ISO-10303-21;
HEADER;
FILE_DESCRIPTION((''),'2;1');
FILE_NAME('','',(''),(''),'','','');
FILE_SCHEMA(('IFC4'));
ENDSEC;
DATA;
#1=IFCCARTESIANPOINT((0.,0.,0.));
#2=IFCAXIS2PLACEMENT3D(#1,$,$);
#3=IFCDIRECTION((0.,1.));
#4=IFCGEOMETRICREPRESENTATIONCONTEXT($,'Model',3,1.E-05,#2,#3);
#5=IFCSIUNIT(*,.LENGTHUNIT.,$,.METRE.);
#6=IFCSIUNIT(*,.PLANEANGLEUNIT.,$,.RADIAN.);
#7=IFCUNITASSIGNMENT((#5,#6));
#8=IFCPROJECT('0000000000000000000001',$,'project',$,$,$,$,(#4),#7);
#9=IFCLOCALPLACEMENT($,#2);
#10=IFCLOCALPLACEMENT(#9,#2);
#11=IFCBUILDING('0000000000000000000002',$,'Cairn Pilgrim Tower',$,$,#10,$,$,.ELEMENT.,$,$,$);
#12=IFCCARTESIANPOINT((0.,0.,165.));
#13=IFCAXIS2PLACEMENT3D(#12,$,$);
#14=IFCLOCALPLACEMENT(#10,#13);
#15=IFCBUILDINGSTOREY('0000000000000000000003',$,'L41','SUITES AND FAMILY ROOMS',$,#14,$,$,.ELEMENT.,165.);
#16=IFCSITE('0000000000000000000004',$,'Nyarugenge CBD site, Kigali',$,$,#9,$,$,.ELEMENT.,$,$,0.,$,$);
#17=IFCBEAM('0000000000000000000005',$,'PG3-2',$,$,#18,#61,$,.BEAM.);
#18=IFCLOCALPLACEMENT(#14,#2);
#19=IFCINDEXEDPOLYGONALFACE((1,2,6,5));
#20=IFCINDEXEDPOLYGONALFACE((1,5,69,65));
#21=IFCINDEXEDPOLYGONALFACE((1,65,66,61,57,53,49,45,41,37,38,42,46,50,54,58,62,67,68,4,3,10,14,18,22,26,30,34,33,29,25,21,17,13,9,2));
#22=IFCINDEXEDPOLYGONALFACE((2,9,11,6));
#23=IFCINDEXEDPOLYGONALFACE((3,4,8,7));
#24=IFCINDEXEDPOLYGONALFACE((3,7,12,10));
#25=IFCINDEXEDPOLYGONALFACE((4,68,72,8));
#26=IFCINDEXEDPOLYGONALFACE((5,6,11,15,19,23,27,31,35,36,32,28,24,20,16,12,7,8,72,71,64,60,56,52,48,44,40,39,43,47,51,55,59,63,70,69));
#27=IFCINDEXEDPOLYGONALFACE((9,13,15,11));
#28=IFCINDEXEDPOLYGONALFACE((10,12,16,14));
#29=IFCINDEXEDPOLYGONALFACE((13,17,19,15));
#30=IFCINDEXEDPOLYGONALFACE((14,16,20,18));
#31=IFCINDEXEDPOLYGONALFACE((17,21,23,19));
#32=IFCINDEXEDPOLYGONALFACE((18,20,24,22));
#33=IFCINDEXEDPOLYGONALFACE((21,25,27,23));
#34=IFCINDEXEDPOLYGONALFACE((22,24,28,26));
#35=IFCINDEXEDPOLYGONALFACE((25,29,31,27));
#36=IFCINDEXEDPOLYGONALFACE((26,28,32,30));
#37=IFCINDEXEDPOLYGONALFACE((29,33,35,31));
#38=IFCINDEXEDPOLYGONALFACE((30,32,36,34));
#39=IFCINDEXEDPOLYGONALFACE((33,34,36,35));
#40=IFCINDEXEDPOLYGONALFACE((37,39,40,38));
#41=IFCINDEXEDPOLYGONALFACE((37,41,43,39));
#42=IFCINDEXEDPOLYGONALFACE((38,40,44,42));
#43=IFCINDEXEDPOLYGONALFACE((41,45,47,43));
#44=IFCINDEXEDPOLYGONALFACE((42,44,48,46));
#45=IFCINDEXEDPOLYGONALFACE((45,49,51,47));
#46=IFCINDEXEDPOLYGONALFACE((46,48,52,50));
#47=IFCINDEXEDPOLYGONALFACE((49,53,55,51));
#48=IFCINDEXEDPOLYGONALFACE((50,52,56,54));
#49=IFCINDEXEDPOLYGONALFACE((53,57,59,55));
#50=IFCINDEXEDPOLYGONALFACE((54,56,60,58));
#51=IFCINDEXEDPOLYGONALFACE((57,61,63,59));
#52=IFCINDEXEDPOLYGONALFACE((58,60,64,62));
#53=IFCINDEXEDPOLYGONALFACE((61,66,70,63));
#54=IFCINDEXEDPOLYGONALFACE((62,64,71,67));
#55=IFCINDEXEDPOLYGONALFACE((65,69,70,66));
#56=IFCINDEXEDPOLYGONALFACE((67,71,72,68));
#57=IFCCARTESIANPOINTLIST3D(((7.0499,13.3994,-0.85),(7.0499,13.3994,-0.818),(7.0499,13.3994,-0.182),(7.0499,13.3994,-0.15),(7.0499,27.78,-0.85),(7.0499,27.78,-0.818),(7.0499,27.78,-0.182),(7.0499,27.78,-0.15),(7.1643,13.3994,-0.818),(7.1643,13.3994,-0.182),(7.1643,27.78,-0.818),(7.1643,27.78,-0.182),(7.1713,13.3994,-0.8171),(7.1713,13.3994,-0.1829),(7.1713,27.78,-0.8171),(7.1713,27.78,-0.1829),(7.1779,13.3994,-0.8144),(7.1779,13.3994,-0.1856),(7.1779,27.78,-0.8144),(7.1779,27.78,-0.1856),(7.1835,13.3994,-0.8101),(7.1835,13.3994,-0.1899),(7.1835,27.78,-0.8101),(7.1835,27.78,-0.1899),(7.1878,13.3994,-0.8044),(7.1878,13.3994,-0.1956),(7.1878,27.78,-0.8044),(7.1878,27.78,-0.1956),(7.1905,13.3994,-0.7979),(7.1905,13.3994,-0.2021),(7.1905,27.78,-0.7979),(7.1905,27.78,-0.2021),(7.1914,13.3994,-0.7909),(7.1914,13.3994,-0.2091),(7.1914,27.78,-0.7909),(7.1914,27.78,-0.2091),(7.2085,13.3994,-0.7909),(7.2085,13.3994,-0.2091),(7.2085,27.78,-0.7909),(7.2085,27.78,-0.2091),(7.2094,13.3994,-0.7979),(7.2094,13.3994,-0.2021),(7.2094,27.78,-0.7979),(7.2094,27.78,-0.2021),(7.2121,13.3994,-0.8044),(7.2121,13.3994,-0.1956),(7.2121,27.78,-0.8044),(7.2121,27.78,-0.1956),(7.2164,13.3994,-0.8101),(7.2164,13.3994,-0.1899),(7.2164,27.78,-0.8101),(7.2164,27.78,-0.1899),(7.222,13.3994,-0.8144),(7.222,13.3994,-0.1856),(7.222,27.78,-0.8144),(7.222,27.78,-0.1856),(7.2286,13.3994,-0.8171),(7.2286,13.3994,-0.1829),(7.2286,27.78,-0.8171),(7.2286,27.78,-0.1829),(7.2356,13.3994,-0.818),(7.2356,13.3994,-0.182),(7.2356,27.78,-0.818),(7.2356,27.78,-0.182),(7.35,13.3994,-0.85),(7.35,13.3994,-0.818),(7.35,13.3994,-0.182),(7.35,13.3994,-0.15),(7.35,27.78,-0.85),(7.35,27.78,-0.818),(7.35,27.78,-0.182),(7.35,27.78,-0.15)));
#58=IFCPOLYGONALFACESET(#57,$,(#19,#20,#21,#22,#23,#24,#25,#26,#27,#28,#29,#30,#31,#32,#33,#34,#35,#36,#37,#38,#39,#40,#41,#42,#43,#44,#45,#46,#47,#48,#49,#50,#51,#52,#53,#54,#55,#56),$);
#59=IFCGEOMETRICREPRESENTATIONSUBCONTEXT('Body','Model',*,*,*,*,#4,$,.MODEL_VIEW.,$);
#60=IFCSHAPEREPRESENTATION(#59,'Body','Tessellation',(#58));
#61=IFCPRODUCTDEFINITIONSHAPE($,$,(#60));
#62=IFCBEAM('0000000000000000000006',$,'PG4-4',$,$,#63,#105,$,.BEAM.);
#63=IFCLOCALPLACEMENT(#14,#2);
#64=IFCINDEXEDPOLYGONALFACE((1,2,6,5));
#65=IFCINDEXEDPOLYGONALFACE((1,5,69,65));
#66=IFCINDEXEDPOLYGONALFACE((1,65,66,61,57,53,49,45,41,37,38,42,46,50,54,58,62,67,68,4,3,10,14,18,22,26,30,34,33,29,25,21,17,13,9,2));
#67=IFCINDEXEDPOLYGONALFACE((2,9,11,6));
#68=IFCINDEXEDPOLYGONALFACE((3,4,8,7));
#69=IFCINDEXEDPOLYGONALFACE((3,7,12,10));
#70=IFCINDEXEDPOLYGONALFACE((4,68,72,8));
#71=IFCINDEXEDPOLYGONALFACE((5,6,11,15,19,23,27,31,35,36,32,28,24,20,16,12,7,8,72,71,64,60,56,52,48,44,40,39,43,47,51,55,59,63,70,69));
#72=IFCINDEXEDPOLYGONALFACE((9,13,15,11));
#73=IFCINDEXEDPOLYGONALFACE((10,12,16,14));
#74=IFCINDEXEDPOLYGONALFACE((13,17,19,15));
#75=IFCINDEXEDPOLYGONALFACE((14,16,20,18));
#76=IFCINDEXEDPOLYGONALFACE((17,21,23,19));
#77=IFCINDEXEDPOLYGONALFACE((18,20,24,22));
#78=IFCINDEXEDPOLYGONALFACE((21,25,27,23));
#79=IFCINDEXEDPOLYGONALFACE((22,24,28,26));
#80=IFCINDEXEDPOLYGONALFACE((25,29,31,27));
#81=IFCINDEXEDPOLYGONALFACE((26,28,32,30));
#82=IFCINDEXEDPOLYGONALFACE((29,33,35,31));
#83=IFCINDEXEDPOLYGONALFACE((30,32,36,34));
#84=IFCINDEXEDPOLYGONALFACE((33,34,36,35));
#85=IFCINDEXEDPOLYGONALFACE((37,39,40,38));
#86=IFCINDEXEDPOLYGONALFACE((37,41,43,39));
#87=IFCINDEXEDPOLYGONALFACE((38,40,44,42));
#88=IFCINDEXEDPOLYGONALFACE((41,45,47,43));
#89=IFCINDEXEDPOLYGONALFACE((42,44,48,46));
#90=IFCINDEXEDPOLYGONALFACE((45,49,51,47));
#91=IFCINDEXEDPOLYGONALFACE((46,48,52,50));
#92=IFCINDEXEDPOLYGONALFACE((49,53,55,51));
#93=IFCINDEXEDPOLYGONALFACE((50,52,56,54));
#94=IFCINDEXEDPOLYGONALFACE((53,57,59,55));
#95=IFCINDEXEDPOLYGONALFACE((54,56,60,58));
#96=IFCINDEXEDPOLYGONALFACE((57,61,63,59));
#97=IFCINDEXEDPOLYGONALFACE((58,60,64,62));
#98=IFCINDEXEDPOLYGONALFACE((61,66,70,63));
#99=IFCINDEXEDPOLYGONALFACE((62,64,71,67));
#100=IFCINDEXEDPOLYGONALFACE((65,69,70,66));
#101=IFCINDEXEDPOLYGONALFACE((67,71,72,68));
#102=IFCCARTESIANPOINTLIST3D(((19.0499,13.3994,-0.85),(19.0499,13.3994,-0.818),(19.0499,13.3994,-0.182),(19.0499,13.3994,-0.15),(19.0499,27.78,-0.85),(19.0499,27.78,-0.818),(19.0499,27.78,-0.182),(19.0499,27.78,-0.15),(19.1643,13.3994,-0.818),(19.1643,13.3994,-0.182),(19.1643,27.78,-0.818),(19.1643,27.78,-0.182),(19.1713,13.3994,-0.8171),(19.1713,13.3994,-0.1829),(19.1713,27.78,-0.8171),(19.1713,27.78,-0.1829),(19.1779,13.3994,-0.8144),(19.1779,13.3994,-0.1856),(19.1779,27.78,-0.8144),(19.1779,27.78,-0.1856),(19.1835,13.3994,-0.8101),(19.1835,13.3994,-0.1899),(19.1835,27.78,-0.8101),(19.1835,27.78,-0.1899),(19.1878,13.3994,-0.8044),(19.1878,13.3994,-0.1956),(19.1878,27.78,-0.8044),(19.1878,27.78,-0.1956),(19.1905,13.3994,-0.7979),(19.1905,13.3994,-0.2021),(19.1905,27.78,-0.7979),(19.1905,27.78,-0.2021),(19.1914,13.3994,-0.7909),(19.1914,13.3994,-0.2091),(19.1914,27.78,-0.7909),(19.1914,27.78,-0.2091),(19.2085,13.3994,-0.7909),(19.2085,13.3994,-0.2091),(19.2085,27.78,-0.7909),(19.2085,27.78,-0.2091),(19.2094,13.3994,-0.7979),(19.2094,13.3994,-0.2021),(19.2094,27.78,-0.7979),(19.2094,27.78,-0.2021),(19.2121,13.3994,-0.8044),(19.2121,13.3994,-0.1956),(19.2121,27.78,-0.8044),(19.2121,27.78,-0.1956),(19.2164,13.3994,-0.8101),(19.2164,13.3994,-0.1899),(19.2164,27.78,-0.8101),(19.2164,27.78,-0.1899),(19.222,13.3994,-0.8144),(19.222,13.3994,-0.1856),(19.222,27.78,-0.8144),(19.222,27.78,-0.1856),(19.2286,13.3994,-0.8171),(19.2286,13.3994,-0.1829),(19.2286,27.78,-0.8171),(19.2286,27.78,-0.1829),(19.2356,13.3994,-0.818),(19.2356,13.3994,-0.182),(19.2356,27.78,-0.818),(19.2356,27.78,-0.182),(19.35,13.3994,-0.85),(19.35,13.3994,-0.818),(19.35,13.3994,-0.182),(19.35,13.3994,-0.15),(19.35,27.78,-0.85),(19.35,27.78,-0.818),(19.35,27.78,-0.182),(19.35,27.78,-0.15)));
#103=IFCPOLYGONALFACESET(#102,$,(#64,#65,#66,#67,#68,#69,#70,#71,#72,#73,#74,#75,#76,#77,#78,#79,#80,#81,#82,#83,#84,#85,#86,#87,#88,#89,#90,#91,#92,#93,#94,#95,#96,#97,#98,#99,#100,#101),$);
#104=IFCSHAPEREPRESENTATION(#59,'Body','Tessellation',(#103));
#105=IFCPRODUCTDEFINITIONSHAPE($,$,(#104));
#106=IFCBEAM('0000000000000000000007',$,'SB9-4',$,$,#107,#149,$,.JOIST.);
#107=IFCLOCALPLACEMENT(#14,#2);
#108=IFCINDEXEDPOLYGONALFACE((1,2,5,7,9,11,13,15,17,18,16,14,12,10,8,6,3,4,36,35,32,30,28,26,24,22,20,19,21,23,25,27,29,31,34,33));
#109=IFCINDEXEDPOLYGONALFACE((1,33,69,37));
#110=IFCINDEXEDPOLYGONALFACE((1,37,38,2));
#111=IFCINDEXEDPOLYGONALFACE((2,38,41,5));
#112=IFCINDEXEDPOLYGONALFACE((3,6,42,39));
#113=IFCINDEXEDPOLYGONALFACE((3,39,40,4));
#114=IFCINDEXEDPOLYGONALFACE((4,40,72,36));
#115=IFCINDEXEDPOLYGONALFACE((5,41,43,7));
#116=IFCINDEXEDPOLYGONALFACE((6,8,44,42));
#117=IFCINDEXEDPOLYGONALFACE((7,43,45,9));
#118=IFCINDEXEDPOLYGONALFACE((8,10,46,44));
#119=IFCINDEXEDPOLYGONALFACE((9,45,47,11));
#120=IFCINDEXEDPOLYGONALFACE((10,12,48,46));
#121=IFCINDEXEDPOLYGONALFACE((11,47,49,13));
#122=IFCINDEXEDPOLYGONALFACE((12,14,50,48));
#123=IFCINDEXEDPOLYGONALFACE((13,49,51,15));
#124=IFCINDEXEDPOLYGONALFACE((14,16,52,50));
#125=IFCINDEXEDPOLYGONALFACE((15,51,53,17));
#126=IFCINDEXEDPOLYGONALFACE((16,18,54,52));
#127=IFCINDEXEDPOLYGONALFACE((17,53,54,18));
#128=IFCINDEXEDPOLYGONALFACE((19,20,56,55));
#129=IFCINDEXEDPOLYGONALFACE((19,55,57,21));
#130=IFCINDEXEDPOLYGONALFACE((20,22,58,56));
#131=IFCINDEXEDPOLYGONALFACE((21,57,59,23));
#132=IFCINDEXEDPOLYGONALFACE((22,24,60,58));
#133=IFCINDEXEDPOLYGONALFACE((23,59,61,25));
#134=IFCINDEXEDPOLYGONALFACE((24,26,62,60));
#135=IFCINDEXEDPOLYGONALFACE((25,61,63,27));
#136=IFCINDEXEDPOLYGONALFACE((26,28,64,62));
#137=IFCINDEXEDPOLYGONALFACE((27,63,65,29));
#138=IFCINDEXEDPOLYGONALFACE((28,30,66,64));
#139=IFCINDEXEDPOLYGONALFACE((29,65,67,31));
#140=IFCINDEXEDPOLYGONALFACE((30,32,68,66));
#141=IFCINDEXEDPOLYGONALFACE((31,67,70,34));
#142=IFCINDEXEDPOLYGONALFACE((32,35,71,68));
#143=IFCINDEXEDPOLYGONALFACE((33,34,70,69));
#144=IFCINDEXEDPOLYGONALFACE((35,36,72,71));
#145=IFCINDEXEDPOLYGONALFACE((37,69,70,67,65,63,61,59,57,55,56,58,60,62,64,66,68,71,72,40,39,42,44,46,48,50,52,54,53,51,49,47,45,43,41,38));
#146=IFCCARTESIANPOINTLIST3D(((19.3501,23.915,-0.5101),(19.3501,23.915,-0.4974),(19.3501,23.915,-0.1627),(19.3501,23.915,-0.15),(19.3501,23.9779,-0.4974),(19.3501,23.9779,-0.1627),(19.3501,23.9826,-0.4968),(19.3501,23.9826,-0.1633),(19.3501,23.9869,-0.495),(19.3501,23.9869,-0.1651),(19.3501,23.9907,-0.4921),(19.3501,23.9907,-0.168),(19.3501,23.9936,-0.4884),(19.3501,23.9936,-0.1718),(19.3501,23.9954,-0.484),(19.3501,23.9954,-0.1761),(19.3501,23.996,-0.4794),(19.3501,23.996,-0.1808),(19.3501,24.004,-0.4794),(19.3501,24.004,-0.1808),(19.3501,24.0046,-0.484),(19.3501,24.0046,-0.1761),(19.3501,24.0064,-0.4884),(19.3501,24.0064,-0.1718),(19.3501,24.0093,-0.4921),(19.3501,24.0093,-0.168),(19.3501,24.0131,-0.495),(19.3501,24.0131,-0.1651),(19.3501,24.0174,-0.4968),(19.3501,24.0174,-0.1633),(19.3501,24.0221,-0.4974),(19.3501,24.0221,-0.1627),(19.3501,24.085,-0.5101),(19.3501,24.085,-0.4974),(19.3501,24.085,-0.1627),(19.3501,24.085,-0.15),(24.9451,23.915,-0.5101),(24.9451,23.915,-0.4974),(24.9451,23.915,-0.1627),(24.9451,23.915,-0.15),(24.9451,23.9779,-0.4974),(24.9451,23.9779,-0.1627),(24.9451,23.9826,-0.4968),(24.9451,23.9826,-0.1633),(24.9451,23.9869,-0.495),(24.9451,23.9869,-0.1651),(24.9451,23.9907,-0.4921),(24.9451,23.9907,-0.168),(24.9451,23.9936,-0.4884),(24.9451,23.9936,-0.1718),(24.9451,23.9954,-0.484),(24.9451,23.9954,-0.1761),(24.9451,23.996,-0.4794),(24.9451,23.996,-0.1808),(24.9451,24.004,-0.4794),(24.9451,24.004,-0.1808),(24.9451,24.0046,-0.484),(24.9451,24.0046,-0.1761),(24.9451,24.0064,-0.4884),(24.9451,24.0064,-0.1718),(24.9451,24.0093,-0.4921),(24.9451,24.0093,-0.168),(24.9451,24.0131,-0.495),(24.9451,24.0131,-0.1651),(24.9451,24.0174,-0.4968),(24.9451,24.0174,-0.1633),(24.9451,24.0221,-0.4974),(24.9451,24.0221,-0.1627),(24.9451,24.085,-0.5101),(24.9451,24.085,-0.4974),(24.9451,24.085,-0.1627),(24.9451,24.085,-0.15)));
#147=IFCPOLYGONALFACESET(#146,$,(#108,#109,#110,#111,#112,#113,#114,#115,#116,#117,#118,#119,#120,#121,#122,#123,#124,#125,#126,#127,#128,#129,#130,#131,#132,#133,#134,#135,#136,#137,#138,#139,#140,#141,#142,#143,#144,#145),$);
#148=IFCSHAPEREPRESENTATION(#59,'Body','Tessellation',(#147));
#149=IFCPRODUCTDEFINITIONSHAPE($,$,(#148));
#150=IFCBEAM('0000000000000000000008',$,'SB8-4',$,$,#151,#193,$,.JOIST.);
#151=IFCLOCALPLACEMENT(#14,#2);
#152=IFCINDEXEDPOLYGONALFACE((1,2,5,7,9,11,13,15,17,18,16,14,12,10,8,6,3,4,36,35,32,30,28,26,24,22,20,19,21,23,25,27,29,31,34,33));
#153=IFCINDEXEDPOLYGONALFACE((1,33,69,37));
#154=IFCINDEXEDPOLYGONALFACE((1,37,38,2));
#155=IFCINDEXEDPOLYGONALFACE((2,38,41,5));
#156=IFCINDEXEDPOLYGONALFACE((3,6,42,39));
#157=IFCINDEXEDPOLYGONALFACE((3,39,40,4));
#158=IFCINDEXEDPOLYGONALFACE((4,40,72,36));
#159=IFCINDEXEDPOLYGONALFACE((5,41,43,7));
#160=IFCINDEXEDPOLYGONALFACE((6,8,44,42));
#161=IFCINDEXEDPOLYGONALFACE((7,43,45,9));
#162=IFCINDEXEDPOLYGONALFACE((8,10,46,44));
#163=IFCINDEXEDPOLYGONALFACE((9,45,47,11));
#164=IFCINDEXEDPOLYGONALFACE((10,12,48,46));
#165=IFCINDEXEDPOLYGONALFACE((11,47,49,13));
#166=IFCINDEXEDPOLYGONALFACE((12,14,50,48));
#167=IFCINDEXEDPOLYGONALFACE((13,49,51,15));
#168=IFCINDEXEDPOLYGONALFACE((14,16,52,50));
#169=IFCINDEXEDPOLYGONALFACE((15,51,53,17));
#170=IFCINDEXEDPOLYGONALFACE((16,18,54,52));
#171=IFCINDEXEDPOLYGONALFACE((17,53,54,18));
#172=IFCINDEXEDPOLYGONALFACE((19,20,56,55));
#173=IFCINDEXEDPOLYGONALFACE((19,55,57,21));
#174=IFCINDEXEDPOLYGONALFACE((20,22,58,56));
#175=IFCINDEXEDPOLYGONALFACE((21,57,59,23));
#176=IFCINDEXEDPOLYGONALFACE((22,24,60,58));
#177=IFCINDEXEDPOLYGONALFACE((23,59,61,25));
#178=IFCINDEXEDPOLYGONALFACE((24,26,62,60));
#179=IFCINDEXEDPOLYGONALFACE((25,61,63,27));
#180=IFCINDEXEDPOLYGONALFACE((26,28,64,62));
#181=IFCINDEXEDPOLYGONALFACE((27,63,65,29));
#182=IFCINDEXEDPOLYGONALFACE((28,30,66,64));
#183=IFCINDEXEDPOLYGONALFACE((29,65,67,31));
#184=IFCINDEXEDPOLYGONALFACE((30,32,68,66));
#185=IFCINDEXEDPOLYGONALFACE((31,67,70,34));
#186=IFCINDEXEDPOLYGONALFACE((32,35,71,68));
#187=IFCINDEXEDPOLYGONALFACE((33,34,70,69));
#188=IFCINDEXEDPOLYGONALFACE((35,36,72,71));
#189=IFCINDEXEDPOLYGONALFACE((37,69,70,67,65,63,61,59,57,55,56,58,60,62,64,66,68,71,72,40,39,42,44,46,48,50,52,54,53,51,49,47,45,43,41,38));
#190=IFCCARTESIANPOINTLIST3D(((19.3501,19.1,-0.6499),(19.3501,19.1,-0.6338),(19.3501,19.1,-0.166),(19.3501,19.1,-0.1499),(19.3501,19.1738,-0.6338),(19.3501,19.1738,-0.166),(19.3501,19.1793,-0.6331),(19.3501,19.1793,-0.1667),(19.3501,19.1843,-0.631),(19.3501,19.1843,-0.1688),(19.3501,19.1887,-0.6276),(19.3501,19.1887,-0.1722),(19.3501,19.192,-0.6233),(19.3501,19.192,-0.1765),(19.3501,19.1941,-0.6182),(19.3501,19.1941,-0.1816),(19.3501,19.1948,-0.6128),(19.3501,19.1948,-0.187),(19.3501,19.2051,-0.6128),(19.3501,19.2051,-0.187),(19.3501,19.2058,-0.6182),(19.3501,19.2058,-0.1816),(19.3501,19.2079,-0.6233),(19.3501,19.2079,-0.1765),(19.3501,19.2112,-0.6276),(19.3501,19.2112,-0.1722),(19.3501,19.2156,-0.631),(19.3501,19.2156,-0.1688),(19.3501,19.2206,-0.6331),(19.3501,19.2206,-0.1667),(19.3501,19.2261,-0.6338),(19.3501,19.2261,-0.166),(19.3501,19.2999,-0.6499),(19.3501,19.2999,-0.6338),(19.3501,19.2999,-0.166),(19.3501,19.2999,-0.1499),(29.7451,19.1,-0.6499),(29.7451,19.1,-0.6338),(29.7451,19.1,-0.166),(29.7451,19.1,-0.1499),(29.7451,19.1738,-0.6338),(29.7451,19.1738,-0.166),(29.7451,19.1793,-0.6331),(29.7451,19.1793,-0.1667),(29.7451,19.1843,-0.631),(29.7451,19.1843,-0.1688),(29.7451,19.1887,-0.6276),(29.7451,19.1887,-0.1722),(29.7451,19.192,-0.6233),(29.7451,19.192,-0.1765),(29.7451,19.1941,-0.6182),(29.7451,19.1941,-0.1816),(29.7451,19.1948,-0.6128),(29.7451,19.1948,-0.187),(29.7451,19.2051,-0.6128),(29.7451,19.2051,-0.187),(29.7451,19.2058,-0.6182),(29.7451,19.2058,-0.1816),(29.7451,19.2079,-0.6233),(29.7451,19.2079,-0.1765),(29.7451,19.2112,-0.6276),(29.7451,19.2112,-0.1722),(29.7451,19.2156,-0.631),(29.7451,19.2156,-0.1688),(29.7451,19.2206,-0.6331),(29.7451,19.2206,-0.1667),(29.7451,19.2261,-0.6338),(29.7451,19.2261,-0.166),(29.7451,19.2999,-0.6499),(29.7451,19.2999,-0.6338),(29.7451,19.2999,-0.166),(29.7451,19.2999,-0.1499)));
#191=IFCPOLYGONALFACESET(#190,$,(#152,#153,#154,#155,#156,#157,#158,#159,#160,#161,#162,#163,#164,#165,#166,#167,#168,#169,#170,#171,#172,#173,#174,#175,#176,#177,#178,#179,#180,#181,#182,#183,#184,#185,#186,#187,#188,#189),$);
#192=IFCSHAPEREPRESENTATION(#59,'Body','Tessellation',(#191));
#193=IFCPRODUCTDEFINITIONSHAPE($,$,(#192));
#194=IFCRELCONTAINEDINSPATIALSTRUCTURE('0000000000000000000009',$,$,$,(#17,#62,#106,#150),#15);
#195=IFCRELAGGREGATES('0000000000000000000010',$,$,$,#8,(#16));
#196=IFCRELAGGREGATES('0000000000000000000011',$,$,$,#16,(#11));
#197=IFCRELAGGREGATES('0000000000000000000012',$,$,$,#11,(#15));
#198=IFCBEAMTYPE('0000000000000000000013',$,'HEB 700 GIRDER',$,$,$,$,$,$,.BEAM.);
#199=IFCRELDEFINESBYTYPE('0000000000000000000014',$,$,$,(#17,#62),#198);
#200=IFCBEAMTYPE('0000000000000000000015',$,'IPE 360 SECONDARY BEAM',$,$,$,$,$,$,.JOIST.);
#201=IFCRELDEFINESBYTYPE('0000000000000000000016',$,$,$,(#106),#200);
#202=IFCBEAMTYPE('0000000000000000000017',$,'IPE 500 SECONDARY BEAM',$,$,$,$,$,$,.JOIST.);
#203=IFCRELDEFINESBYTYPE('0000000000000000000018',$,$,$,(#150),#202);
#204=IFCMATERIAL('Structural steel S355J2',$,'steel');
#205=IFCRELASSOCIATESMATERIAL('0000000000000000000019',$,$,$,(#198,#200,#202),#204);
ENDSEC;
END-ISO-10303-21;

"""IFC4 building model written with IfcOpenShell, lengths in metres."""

from ifc_helpers import new_model, si_unit, direction, frame, origin, origin_2d, place, context, subcontext, project, spatial, i_section, extrude, material, material_profile, profile_set, type_object, element, save


model = new_model("IFC4")

# Units and contexts
model_context = context("Model", 3, precision=1e-05, world=origin(), true_north=direction((0.0, 1.0)))
body_context = subcontext(model_context, "Body", "Model", "MODEL_VIEW")
ifc_project = project(units=[si_unit("LENGTHUNIT", "METRE"), si_unit("PLANEANGLEUNIT", "RADIAN")], contexts=[model_context])

# Site, building, storey
site_placement = place(None, origin())
site = spatial("IfcSite", under=ifc_project, at=site_placement, Name="Nyarugenge CBD site, Kigali", CompositionType="ELEMENT", RefElevation=0.0)
building_placement = place(site_placement, origin())
building = spatial("IfcBuilding", under=site, at=building_placement, Name="Cairn Pilgrim Tower", CompositionType="ELEMENT")
storey_placement = place(building_placement, frame((0.0, 0.0, 165.0)))
storey = spatial("IfcBuildingStorey", under=building, at=storey_placement, Name="L41", Description="SUITES AND FAMILY ROOMS", CompositionType="ELEMENT", Elevation=165.0)

# Beams
ifc_material_1 = material(Name="Structural steel S355J2", Category="steel")
ifc_material_profile_1 = material_profile(ifc_material_1, i_section(OverallWidth=0.3, OverallDepth=0.7, WebThickness=0.0171, FlangeThickness=0.032, FilletRadius=0.0271, at=origin_2d()), Name="HEB 700")
ifc_profile_set_1 = profile_set([ifc_material_profile_1], Name="Structural steel S355J2")
beam_type_1 = type_object("IfcBeamType", Name="HEB 700 GIRDER", PredefinedType="BEAM", material=ifc_profile_set_1)
for number, where, z_axis, x_axis, name in (
    (1, (7.2, 13.3994, -0.5), (0.0, 1.0, 0.0), (-1.0, 0.0, 0.0), "PG3-2"),
    (2, (19.2, 13.3994, -0.5), (0.0, 1.0, 0.0), (-1.0, 0.0, 0.0), "PG4-4"),
):
    element("IfcBeam", number, at=place(storey_placement, frame(where, z_axis=z_axis, x_axis=x_axis)), inside=storey, type_object=beam_type_1, Name=name, PredefinedType="BEAM", context=body_context, shape_type="SweptSolid", body=[
        extrude(i_section(OverallWidth=0.3, OverallDepth=0.7, WebThickness=0.0171, FlangeThickness=0.032, FilletRadius=0.0271, at=origin_2d()), origin(), (0.0, 0.0, 1.0), 14.3806),
    ])
ifc_material_profile_2 = material_profile(ifc_material_1, i_section(OverallWidth=0.1699, OverallDepth=0.3601, WebThickness=0.0081, FlangeThickness=0.0127, FilletRadius=0.0181, at=origin_2d()), Name="IPE 360")
ifc_profile_set_2 = profile_set([ifc_material_profile_2], Name="Structural steel S355J2")
beam_type_2 = type_object("IfcBeamType", Name="IPE 360 SECONDARY BEAM", PredefinedType="JOIST", material=ifc_profile_set_2)
beam_1_placement = place(storey_placement, frame((19.3501, 24.0, -0.3301), z_axis=(1.0, 0.0, 0.0), x_axis=(0.0, 1.0, 0.0)))
element("IfcBeam", 3, at=beam_1_placement, inside=storey, type_object=beam_type_2, Name="SB9-4", PredefinedType="JOIST", context=body_context, shape_type="SweptSolid", body=[
    extrude(i_section(OverallWidth=0.1699, OverallDepth=0.3601, WebThickness=0.0081, FlangeThickness=0.0127, FilletRadius=0.0181, at=origin_2d()), origin(), (0.0, 0.0, 1.0), 5.595),
])
ifc_material_profile_3 = material_profile(ifc_material_1, i_section(OverallWidth=0.2, OverallDepth=0.5, WebThickness=0.0103, FlangeThickness=0.0161, FilletRadius=0.021, at=origin_2d()), Name="IPE 500")
ifc_profile_set_3 = profile_set([ifc_material_profile_3], Name="Structural steel S355J2")
beam_type_3 = type_object("IfcBeamType", Name="IPE 500 SECONDARY BEAM", PredefinedType="JOIST", material=ifc_profile_set_3)
beam_2_placement = place(storey_placement, frame((19.3501, 19.2, -0.3999), z_axis=(1.0, 0.0, 0.0), x_axis=(0.0, 1.0, 0.0)))
element("IfcBeam", 4, at=beam_2_placement, inside=storey, type_object=beam_type_3, Name="SB8-4", PredefinedType="JOIST", context=body_context, shape_type="SweptSolid", body=[
    extrude(i_section(OverallWidth=0.2, OverallDepth=0.5, WebThickness=0.0103, FlangeThickness=0.0161, FilletRadius=0.021, at=origin_2d()), origin(), (0.0, 0.0, 1.0), 10.395),
])

save(model, "model.ifc")
